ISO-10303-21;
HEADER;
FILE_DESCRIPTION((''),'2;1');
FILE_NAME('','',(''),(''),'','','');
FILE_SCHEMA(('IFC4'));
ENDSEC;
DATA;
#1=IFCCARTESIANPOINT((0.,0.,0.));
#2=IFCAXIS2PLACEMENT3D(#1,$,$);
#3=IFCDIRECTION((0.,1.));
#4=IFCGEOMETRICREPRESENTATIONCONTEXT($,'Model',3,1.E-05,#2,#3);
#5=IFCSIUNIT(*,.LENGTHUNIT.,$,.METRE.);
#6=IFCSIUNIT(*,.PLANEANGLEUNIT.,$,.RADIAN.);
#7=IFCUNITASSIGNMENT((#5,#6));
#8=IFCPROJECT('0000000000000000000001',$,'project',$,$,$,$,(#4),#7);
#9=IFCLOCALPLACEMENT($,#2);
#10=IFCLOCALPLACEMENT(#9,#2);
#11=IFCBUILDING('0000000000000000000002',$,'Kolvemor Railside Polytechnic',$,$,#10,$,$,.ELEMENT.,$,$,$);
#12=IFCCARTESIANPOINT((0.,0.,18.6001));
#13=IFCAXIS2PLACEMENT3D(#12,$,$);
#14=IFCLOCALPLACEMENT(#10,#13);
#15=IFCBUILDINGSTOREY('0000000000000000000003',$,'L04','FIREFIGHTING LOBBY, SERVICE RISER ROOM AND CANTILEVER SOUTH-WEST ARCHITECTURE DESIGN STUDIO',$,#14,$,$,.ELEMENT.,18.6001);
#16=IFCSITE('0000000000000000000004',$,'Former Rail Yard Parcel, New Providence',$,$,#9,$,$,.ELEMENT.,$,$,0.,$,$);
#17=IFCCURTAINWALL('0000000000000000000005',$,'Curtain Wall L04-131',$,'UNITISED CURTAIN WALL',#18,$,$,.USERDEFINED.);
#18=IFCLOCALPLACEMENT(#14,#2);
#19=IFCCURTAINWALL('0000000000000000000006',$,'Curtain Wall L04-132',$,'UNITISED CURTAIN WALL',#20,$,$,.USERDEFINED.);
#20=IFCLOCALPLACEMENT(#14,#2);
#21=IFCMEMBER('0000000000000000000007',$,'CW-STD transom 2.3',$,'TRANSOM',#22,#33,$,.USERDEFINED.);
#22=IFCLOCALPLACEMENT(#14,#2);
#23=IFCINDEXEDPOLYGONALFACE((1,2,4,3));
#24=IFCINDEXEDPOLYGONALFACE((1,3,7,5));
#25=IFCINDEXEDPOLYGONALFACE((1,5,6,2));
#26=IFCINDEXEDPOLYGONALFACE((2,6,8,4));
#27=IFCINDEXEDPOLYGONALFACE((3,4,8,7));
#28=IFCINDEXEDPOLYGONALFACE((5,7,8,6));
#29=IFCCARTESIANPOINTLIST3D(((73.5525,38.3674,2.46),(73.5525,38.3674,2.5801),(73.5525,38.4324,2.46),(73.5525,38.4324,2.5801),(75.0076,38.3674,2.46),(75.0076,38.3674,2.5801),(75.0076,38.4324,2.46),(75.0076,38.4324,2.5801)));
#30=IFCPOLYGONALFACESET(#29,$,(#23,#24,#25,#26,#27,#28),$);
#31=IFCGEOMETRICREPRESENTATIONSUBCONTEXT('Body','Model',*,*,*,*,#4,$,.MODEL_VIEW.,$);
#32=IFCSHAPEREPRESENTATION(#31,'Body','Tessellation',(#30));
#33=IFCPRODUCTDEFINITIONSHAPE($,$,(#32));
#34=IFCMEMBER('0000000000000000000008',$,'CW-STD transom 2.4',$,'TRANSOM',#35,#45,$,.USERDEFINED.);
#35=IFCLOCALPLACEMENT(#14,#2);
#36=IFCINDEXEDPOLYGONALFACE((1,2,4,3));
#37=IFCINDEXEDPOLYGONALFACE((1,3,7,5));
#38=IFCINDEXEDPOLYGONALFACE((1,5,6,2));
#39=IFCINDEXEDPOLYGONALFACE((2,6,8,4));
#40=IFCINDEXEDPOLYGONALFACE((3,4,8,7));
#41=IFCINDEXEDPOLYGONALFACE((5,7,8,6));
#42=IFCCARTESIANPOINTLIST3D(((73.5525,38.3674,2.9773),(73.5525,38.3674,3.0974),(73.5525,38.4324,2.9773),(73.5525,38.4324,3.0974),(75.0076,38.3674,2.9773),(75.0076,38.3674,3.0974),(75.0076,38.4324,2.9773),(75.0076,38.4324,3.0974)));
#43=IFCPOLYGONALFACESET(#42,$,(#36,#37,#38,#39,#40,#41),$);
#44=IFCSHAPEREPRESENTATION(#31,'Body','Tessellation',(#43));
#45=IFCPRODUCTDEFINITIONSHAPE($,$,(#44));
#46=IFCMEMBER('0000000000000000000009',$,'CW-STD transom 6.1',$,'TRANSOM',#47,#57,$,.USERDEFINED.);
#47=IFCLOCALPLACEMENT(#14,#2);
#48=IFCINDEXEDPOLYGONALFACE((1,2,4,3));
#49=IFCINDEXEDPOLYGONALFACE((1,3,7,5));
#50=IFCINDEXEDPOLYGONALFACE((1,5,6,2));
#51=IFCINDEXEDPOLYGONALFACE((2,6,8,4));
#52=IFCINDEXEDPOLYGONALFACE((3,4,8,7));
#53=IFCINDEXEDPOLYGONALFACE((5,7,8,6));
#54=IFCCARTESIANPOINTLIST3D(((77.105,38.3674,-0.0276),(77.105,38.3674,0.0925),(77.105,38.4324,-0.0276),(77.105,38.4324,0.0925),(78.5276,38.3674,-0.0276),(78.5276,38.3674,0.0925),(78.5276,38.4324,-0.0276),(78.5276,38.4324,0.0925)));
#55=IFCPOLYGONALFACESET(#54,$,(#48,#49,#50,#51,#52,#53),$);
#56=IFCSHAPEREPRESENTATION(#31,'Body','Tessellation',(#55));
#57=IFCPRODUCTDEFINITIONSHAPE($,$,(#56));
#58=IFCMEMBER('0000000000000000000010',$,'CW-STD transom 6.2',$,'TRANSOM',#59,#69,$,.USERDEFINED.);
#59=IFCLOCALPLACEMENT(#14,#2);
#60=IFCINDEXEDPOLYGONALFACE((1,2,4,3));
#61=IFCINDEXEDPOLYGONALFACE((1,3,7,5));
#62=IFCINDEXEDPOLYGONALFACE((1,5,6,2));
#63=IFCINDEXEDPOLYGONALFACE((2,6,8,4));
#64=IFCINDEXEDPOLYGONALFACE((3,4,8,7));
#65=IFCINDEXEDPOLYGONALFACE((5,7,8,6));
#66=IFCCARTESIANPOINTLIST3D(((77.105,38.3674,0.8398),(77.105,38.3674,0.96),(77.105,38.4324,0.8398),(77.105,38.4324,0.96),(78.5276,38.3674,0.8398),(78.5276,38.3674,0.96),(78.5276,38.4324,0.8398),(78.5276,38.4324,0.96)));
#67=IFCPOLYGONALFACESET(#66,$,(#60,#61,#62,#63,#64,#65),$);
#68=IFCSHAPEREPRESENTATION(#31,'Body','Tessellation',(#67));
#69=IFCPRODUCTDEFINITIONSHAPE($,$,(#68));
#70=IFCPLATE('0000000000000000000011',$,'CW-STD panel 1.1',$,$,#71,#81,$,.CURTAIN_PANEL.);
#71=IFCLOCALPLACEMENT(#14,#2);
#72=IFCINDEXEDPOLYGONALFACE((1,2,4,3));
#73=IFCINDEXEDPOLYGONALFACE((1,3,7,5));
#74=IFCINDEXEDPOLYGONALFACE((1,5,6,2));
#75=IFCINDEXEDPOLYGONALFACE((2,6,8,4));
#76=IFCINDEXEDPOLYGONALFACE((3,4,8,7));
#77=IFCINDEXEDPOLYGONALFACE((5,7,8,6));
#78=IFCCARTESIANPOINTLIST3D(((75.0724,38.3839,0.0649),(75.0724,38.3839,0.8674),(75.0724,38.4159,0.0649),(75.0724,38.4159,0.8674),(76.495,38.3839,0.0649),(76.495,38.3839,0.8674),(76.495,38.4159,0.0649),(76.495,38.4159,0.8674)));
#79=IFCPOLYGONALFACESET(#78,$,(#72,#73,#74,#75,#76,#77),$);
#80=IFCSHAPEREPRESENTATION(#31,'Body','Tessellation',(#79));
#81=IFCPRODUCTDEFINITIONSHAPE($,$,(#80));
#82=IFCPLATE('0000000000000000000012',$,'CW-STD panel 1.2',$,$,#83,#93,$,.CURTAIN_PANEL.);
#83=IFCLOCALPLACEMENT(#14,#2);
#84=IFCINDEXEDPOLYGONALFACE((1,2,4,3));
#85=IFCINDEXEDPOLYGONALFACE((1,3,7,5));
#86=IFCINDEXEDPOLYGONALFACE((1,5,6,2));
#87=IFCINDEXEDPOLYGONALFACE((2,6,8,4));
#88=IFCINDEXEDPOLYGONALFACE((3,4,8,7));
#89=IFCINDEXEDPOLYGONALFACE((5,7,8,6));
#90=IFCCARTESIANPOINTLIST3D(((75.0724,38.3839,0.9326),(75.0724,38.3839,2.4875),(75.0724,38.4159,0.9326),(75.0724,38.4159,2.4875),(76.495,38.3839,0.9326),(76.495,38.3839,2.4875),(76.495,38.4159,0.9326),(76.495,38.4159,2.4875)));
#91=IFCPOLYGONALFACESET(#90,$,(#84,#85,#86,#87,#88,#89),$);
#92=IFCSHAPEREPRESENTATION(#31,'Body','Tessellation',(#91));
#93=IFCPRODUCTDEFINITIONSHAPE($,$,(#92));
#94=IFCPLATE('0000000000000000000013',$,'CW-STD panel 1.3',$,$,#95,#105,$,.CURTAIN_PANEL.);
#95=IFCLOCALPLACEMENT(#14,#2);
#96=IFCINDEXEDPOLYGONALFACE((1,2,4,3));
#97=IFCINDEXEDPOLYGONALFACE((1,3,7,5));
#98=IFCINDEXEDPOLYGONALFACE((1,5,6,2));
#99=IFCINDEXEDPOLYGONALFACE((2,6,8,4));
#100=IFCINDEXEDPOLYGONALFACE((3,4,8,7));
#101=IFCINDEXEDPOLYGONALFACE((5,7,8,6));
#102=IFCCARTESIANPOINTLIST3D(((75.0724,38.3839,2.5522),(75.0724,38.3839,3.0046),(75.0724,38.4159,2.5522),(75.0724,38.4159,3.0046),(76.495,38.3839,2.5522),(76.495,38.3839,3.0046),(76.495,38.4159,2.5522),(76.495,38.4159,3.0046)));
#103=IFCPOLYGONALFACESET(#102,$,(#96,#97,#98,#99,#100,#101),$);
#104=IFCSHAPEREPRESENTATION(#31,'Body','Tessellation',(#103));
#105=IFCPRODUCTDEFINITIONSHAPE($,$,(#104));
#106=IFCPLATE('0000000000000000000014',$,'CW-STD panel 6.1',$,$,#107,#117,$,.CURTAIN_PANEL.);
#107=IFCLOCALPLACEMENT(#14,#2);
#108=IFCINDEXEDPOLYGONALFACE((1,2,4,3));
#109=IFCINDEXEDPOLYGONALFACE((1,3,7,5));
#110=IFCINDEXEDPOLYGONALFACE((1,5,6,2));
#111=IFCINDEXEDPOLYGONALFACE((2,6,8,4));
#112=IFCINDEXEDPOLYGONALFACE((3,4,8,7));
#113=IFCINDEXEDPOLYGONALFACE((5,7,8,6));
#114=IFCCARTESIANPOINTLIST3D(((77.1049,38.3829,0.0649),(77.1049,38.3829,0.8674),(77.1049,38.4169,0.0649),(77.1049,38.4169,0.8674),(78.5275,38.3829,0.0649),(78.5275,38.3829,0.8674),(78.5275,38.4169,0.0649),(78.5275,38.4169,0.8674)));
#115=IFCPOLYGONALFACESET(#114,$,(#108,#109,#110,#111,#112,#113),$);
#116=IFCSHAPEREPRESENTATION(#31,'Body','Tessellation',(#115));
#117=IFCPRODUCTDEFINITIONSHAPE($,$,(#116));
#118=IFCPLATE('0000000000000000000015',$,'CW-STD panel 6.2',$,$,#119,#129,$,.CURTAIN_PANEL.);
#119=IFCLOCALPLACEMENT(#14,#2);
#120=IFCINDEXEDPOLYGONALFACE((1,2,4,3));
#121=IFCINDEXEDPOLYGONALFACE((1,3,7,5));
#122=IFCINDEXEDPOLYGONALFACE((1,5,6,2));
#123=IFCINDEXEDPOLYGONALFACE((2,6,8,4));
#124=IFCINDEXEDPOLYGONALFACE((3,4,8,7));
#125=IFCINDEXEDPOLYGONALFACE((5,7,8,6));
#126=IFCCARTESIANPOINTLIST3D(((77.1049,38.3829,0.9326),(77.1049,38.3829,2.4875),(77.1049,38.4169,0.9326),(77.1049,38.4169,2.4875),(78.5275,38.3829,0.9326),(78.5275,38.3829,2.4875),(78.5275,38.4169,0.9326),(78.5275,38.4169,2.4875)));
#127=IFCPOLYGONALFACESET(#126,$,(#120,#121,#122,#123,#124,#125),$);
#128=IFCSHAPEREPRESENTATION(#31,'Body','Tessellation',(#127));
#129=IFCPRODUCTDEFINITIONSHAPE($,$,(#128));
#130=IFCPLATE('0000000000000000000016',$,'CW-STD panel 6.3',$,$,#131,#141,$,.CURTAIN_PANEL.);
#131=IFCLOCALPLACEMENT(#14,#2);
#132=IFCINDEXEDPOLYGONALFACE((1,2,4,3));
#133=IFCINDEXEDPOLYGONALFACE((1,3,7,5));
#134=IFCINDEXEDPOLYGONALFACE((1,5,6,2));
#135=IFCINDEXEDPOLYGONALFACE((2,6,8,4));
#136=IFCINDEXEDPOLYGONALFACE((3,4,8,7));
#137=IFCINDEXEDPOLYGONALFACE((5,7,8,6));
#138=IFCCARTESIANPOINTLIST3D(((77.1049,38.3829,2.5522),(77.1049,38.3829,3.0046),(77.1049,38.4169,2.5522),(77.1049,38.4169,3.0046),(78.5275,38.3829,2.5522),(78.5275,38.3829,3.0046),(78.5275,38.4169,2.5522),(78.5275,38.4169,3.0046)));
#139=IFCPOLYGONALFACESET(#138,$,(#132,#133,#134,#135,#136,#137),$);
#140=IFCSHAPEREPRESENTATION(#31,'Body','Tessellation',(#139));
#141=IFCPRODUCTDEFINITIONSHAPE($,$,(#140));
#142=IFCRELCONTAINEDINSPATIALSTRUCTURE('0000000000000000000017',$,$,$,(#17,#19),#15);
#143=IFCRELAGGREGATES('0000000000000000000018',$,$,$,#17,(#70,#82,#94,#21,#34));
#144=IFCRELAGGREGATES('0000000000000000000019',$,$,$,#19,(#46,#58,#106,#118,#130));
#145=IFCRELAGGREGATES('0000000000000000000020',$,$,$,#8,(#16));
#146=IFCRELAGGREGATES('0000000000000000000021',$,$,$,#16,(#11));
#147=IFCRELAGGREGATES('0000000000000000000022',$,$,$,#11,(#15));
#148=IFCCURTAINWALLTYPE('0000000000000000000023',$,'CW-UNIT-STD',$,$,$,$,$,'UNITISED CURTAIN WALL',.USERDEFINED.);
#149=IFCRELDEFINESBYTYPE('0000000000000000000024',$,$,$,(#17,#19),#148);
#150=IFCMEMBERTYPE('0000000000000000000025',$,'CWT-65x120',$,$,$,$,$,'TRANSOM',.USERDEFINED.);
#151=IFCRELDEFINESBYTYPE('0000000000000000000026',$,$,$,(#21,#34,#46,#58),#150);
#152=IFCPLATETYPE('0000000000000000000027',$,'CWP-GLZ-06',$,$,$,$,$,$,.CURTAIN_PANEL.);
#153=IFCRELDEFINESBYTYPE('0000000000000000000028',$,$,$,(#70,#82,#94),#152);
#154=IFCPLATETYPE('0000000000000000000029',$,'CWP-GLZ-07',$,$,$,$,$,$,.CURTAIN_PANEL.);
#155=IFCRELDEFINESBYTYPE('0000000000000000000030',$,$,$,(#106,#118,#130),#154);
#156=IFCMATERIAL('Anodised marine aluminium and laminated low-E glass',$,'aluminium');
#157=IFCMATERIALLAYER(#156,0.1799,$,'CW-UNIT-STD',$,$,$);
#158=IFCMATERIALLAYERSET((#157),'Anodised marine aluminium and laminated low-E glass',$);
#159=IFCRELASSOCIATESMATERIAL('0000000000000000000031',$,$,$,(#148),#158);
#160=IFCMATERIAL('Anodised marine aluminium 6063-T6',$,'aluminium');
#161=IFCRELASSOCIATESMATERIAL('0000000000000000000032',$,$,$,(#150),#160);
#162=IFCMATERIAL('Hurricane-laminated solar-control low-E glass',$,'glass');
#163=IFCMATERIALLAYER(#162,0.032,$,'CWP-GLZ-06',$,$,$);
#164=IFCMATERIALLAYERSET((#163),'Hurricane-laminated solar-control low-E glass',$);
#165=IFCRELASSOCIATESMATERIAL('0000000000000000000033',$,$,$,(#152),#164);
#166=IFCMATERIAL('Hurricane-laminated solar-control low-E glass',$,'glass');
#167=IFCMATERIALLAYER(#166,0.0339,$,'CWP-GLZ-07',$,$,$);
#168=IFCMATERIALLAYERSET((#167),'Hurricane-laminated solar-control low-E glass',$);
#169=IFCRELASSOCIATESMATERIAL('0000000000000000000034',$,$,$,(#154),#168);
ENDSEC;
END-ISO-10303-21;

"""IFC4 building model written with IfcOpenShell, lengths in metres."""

from ifc_helpers import new_model, si_unit, direction, frame, origin, origin_2d, place, context, subcontext, project, spatial, rectangle, extrude, material, layer, layer_set, material_profile, profile_set, type_object, element, aggregate, save


model = new_model("IFC4")

# Units and contexts
model_context = context("Model", 3, precision=1e-05, world=origin(), true_north=direction((0.0, 1.0)))
body_context = subcontext(model_context, "Body", "Model", "MODEL_VIEW")
ifc_project = project(units=[si_unit("LENGTHUNIT", "METRE"), si_unit("PLANEANGLEUNIT", "RADIAN")], contexts=[model_context])

# Site, building, storey
site_placement = place(None, origin())
site = spatial("IfcSite", under=ifc_project, at=site_placement, Name="Former Rail Yard Parcel, New Providence", CompositionType="ELEMENT", RefElevation=0.0)
building_placement = place(site_placement, origin())
building = spatial("IfcBuilding", under=site, at=building_placement, Name="Kolvemor Railside Polytechnic", CompositionType="ELEMENT")
storey_placement = place(building_placement, frame((0.0, 0.0, 18.6001)))
storey = spatial("IfcBuildingStorey", under=building, at=storey_placement, Name="L04", Description="FIREFIGHTING LOBBY, SERVICE RISER ROOM AND CANTILEVER SOUTH-WEST ARCHITECTURE DESIGN STUDIO", CompositionType="ELEMENT", Elevation=18.6001)

# Curtain wall
ifc_material_1 = material(Name="Anodised marine aluminium and laminated low-E glass", Category="aluminium")
ifc_layer_1 = layer(ifc_material_1, 0.1799, Name="CW-UNIT-STD")
ifc_layer_set_1 = layer_set([ifc_layer_1], Name="Anodised marine aluminium and laminated low-E glass")
curtain_wall_type = type_object("IfcCurtainWallType", Name="CW-UNIT-STD", ElementType="UNITISED CURTAIN WALL", PredefinedType="USERDEFINED", material=ifc_layer_set_1)
curtain_wall_1_placement = place(storey_placement, origin())
curtain_wall_1 = element("IfcCurtainWall", 1, at=curtain_wall_1_placement, inside=storey, type_object=curtain_wall_type, Name="Curtain Wall L04-131", ObjectType="UNITISED CURTAIN WALL", PredefinedType="USERDEFINED")

# Curtain wall
curtain_wall_2_placement = place(storey_placement, origin())
curtain_wall_2 = element("IfcCurtainWall", 2, at=curtain_wall_2_placement, inside=storey, type_object=curtain_wall_type, Name="Curtain Wall L04-132", ObjectType="UNITISED CURTAIN WALL", PredefinedType="USERDEFINED")

# Members
ifc_material_2 = material(Name="Anodised marine aluminium 6063-T6", Category="aluminium")
ifc_material_profile_1 = material_profile(ifc_material_2, rectangle(XDim=0.0649, YDim=0.1201, at=origin_2d()), Name="CW-TRN-65x120")
ifc_profile_set_1 = profile_set([ifc_material_profile_1], Name="Anodised marine aluminium 6063-T6")
member_type_1 = type_object("IfcMemberType", Name="CWT-65x120", ElementType="TRANSOM", PredefinedType="USERDEFINED", material=ifc_profile_set_1)
member_1_placement = place(storey_placement, frame((75.0076, 38.3999, 2.52), z_axis=(-1.0, 0.0, 0.0), x_axis=(0.0, -1.0, 0.0)))
member_1 = element("IfcMember", 3, at=member_1_placement, type_object=member_type_1, Name="CW-STD transom 2.3", ObjectType="TRANSOM", PredefinedType="USERDEFINED", context=body_context, shape_type="SweptSolid", body=[
    extrude(rectangle(XDim=0.0649, YDim=0.1201, at=origin_2d()), origin(), (0.0, 0.0, 1.0), 1.4551),
])
member_2_placement = place(storey_placement, frame((75.0076, 38.3999, 3.0374), z_axis=(-1.0, 0.0, 0.0), x_axis=(0.0, -1.0, 0.0)))
member_2 = element("IfcMember", 4, at=member_2_placement, type_object=member_type_1, Name="CW-STD transom 2.4", ObjectType="TRANSOM", PredefinedType="USERDEFINED", context=body_context, shape_type="SweptSolid", body=[
    extrude(rectangle(XDim=0.0649, YDim=0.1201, at=origin_2d()), origin(), (0.0, 0.0, 1.0), 1.4551),
])
member_3_placement = place(storey_placement, frame((78.5276, 38.3999, 0.0325), z_axis=(-1.0, 0.0, 0.0), x_axis=(0.0, -1.0, 0.0)))
member_3 = element("IfcMember", 5, at=member_3_placement, type_object=member_type_1, Name="CW-STD transom 6.1", ObjectType="TRANSOM", PredefinedType="USERDEFINED", context=body_context, shape_type="SweptSolid", body=[
    extrude(rectangle(XDim=0.0649, YDim=0.1201, at=origin_2d()), origin(), (0.0, 0.0, 1.0), 1.4226),
])
member_4_placement = place(storey_placement, frame((78.5276, 38.3999, 0.8999), z_axis=(-1.0, 0.0, 0.0), x_axis=(0.0, -1.0, 0.0)))
member_4 = element("IfcMember", 6, at=member_4_placement, type_object=member_type_1, Name="CW-STD transom 6.2", ObjectType="TRANSOM", PredefinedType="USERDEFINED", context=body_context, shape_type="SweptSolid", body=[
    extrude(rectangle(XDim=0.0649, YDim=0.1201, at=origin_2d()), origin(), (0.0, 0.0, 1.0), 1.4226),
])

# Plates
ifc_material_3 = material(Name="Hurricane-laminated solar-control low-E glass", Category="glass")
ifc_layer_2 = layer(ifc_material_3, 0.032, Name="CWP-GLZ-06")
ifc_layer_set_2 = layer_set([ifc_layer_2], Name="Hurricane-laminated solar-control low-E glass")
plate_type_1 = type_object("IfcPlateType", Name="CWP-GLZ-06", PredefinedType="CURTAIN_PANEL", material=ifc_layer_set_2)
plate_1_placement = place(storey_placement, frame((75.7837, 38.3999, 0.0649), z_axis=(0.0, 0.0, 1.0), x_axis=(-1.0, 0.0, 0.0)))
plate_1 = element("IfcPlate", 7, at=plate_1_placement, type_object=plate_type_1, Name="CW-STD panel 1.1", PredefinedType="CURTAIN_PANEL", context=body_context, shape_type="SweptSolid", body=[
    extrude(rectangle(XDim=1.4226, YDim=0.032, at=origin_2d()), origin(), (0.0, 0.0, 1.0), 0.8025),
])
plate_2_placement = place(storey_placement, frame((75.7837, 38.3999, 0.9326), z_axis=(0.0, 0.0, 1.0), x_axis=(-1.0, 0.0, 0.0)))
plate_2 = element("IfcPlate", 8, at=plate_2_placement, type_object=plate_type_1, Name="CW-STD panel 1.2", PredefinedType="CURTAIN_PANEL", context=body_context, shape_type="SweptSolid", body=[
    extrude(rectangle(XDim=1.4226, YDim=0.032, at=origin_2d()), origin(), (0.0, 0.0, 1.0), 1.5549),
])
plate_3_placement = place(storey_placement, frame((75.7837, 38.3999, 2.5522), z_axis=(0.0, 0.0, 1.0), x_axis=(-1.0, 0.0, 0.0)))
plate_3 = element("IfcPlate", 9, at=plate_3_placement, type_object=plate_type_1, Name="CW-STD panel 1.3", PredefinedType="CURTAIN_PANEL", context=body_context, shape_type="SweptSolid", body=[
    extrude(rectangle(XDim=1.4226, YDim=0.032, at=origin_2d()), origin(), (0.0, 0.0, 1.0), 0.4524),
])
aggregate(curtain_wall_1, [plate_1, plate_2, plate_3, member_1, member_2])
ifc_material_4 = material(Name="Hurricane-laminated solar-control low-E glass", Category="glass")
ifc_layer_3 = layer(ifc_material_4, 0.0339, Name="CWP-GLZ-07")
ifc_layer_set_3 = layer_set([ifc_layer_3], Name="Hurricane-laminated solar-control low-E glass")
plate_type_2 = type_object("IfcPlateType", Name="CWP-GLZ-07", PredefinedType="CURTAIN_PANEL", material=ifc_layer_set_3)
plate_4_placement = place(storey_placement, frame((77.8162, 38.3999, 0.0649), z_axis=(0.0, 0.0, 1.0), x_axis=(-1.0, 0.0, 0.0)))
plate_4 = element("IfcPlate", 10, at=plate_4_placement, type_object=plate_type_2, Name="CW-STD panel 6.1", PredefinedType="CURTAIN_PANEL", context=body_context, shape_type="SweptSolid", body=[
    extrude(rectangle(XDim=1.4226, YDim=0.0339, at=origin_2d()), origin(), (0.0, 0.0, 1.0), 0.8025),
])
plate_5_placement = place(storey_placement, frame((77.8162, 38.3999, 0.9326), z_axis=(0.0, 0.0, 1.0), x_axis=(-1.0, 0.0, 0.0)))
plate_5 = element("IfcPlate", 11, at=plate_5_placement, type_object=plate_type_2, Name="CW-STD panel 6.2", PredefinedType="CURTAIN_PANEL", context=body_context, shape_type="SweptSolid", body=[
    extrude(rectangle(XDim=1.4226, YDim=0.0339, at=origin_2d()), origin(), (0.0, 0.0, 1.0), 1.5549),
])
plate_6_placement = place(storey_placement, frame((77.8162, 38.3999, 2.5522), z_axis=(0.0, 0.0, 1.0), x_axis=(-1.0, 0.0, 0.0)))
plate_6 = element("IfcPlate", 12, at=plate_6_placement, type_object=plate_type_2, Name="CW-STD panel 6.3", PredefinedType="CURTAIN_PANEL", context=body_context, shape_type="SweptSolid", body=[
    extrude(rectangle(XDim=1.4226, YDim=0.0339, at=origin_2d()), origin(), (0.0, 0.0, 1.0), 0.4524),
])
aggregate(curtain_wall_2, [member_3, member_4, plate_4, plate_5, plate_6])

save(model, "model.ifc")
